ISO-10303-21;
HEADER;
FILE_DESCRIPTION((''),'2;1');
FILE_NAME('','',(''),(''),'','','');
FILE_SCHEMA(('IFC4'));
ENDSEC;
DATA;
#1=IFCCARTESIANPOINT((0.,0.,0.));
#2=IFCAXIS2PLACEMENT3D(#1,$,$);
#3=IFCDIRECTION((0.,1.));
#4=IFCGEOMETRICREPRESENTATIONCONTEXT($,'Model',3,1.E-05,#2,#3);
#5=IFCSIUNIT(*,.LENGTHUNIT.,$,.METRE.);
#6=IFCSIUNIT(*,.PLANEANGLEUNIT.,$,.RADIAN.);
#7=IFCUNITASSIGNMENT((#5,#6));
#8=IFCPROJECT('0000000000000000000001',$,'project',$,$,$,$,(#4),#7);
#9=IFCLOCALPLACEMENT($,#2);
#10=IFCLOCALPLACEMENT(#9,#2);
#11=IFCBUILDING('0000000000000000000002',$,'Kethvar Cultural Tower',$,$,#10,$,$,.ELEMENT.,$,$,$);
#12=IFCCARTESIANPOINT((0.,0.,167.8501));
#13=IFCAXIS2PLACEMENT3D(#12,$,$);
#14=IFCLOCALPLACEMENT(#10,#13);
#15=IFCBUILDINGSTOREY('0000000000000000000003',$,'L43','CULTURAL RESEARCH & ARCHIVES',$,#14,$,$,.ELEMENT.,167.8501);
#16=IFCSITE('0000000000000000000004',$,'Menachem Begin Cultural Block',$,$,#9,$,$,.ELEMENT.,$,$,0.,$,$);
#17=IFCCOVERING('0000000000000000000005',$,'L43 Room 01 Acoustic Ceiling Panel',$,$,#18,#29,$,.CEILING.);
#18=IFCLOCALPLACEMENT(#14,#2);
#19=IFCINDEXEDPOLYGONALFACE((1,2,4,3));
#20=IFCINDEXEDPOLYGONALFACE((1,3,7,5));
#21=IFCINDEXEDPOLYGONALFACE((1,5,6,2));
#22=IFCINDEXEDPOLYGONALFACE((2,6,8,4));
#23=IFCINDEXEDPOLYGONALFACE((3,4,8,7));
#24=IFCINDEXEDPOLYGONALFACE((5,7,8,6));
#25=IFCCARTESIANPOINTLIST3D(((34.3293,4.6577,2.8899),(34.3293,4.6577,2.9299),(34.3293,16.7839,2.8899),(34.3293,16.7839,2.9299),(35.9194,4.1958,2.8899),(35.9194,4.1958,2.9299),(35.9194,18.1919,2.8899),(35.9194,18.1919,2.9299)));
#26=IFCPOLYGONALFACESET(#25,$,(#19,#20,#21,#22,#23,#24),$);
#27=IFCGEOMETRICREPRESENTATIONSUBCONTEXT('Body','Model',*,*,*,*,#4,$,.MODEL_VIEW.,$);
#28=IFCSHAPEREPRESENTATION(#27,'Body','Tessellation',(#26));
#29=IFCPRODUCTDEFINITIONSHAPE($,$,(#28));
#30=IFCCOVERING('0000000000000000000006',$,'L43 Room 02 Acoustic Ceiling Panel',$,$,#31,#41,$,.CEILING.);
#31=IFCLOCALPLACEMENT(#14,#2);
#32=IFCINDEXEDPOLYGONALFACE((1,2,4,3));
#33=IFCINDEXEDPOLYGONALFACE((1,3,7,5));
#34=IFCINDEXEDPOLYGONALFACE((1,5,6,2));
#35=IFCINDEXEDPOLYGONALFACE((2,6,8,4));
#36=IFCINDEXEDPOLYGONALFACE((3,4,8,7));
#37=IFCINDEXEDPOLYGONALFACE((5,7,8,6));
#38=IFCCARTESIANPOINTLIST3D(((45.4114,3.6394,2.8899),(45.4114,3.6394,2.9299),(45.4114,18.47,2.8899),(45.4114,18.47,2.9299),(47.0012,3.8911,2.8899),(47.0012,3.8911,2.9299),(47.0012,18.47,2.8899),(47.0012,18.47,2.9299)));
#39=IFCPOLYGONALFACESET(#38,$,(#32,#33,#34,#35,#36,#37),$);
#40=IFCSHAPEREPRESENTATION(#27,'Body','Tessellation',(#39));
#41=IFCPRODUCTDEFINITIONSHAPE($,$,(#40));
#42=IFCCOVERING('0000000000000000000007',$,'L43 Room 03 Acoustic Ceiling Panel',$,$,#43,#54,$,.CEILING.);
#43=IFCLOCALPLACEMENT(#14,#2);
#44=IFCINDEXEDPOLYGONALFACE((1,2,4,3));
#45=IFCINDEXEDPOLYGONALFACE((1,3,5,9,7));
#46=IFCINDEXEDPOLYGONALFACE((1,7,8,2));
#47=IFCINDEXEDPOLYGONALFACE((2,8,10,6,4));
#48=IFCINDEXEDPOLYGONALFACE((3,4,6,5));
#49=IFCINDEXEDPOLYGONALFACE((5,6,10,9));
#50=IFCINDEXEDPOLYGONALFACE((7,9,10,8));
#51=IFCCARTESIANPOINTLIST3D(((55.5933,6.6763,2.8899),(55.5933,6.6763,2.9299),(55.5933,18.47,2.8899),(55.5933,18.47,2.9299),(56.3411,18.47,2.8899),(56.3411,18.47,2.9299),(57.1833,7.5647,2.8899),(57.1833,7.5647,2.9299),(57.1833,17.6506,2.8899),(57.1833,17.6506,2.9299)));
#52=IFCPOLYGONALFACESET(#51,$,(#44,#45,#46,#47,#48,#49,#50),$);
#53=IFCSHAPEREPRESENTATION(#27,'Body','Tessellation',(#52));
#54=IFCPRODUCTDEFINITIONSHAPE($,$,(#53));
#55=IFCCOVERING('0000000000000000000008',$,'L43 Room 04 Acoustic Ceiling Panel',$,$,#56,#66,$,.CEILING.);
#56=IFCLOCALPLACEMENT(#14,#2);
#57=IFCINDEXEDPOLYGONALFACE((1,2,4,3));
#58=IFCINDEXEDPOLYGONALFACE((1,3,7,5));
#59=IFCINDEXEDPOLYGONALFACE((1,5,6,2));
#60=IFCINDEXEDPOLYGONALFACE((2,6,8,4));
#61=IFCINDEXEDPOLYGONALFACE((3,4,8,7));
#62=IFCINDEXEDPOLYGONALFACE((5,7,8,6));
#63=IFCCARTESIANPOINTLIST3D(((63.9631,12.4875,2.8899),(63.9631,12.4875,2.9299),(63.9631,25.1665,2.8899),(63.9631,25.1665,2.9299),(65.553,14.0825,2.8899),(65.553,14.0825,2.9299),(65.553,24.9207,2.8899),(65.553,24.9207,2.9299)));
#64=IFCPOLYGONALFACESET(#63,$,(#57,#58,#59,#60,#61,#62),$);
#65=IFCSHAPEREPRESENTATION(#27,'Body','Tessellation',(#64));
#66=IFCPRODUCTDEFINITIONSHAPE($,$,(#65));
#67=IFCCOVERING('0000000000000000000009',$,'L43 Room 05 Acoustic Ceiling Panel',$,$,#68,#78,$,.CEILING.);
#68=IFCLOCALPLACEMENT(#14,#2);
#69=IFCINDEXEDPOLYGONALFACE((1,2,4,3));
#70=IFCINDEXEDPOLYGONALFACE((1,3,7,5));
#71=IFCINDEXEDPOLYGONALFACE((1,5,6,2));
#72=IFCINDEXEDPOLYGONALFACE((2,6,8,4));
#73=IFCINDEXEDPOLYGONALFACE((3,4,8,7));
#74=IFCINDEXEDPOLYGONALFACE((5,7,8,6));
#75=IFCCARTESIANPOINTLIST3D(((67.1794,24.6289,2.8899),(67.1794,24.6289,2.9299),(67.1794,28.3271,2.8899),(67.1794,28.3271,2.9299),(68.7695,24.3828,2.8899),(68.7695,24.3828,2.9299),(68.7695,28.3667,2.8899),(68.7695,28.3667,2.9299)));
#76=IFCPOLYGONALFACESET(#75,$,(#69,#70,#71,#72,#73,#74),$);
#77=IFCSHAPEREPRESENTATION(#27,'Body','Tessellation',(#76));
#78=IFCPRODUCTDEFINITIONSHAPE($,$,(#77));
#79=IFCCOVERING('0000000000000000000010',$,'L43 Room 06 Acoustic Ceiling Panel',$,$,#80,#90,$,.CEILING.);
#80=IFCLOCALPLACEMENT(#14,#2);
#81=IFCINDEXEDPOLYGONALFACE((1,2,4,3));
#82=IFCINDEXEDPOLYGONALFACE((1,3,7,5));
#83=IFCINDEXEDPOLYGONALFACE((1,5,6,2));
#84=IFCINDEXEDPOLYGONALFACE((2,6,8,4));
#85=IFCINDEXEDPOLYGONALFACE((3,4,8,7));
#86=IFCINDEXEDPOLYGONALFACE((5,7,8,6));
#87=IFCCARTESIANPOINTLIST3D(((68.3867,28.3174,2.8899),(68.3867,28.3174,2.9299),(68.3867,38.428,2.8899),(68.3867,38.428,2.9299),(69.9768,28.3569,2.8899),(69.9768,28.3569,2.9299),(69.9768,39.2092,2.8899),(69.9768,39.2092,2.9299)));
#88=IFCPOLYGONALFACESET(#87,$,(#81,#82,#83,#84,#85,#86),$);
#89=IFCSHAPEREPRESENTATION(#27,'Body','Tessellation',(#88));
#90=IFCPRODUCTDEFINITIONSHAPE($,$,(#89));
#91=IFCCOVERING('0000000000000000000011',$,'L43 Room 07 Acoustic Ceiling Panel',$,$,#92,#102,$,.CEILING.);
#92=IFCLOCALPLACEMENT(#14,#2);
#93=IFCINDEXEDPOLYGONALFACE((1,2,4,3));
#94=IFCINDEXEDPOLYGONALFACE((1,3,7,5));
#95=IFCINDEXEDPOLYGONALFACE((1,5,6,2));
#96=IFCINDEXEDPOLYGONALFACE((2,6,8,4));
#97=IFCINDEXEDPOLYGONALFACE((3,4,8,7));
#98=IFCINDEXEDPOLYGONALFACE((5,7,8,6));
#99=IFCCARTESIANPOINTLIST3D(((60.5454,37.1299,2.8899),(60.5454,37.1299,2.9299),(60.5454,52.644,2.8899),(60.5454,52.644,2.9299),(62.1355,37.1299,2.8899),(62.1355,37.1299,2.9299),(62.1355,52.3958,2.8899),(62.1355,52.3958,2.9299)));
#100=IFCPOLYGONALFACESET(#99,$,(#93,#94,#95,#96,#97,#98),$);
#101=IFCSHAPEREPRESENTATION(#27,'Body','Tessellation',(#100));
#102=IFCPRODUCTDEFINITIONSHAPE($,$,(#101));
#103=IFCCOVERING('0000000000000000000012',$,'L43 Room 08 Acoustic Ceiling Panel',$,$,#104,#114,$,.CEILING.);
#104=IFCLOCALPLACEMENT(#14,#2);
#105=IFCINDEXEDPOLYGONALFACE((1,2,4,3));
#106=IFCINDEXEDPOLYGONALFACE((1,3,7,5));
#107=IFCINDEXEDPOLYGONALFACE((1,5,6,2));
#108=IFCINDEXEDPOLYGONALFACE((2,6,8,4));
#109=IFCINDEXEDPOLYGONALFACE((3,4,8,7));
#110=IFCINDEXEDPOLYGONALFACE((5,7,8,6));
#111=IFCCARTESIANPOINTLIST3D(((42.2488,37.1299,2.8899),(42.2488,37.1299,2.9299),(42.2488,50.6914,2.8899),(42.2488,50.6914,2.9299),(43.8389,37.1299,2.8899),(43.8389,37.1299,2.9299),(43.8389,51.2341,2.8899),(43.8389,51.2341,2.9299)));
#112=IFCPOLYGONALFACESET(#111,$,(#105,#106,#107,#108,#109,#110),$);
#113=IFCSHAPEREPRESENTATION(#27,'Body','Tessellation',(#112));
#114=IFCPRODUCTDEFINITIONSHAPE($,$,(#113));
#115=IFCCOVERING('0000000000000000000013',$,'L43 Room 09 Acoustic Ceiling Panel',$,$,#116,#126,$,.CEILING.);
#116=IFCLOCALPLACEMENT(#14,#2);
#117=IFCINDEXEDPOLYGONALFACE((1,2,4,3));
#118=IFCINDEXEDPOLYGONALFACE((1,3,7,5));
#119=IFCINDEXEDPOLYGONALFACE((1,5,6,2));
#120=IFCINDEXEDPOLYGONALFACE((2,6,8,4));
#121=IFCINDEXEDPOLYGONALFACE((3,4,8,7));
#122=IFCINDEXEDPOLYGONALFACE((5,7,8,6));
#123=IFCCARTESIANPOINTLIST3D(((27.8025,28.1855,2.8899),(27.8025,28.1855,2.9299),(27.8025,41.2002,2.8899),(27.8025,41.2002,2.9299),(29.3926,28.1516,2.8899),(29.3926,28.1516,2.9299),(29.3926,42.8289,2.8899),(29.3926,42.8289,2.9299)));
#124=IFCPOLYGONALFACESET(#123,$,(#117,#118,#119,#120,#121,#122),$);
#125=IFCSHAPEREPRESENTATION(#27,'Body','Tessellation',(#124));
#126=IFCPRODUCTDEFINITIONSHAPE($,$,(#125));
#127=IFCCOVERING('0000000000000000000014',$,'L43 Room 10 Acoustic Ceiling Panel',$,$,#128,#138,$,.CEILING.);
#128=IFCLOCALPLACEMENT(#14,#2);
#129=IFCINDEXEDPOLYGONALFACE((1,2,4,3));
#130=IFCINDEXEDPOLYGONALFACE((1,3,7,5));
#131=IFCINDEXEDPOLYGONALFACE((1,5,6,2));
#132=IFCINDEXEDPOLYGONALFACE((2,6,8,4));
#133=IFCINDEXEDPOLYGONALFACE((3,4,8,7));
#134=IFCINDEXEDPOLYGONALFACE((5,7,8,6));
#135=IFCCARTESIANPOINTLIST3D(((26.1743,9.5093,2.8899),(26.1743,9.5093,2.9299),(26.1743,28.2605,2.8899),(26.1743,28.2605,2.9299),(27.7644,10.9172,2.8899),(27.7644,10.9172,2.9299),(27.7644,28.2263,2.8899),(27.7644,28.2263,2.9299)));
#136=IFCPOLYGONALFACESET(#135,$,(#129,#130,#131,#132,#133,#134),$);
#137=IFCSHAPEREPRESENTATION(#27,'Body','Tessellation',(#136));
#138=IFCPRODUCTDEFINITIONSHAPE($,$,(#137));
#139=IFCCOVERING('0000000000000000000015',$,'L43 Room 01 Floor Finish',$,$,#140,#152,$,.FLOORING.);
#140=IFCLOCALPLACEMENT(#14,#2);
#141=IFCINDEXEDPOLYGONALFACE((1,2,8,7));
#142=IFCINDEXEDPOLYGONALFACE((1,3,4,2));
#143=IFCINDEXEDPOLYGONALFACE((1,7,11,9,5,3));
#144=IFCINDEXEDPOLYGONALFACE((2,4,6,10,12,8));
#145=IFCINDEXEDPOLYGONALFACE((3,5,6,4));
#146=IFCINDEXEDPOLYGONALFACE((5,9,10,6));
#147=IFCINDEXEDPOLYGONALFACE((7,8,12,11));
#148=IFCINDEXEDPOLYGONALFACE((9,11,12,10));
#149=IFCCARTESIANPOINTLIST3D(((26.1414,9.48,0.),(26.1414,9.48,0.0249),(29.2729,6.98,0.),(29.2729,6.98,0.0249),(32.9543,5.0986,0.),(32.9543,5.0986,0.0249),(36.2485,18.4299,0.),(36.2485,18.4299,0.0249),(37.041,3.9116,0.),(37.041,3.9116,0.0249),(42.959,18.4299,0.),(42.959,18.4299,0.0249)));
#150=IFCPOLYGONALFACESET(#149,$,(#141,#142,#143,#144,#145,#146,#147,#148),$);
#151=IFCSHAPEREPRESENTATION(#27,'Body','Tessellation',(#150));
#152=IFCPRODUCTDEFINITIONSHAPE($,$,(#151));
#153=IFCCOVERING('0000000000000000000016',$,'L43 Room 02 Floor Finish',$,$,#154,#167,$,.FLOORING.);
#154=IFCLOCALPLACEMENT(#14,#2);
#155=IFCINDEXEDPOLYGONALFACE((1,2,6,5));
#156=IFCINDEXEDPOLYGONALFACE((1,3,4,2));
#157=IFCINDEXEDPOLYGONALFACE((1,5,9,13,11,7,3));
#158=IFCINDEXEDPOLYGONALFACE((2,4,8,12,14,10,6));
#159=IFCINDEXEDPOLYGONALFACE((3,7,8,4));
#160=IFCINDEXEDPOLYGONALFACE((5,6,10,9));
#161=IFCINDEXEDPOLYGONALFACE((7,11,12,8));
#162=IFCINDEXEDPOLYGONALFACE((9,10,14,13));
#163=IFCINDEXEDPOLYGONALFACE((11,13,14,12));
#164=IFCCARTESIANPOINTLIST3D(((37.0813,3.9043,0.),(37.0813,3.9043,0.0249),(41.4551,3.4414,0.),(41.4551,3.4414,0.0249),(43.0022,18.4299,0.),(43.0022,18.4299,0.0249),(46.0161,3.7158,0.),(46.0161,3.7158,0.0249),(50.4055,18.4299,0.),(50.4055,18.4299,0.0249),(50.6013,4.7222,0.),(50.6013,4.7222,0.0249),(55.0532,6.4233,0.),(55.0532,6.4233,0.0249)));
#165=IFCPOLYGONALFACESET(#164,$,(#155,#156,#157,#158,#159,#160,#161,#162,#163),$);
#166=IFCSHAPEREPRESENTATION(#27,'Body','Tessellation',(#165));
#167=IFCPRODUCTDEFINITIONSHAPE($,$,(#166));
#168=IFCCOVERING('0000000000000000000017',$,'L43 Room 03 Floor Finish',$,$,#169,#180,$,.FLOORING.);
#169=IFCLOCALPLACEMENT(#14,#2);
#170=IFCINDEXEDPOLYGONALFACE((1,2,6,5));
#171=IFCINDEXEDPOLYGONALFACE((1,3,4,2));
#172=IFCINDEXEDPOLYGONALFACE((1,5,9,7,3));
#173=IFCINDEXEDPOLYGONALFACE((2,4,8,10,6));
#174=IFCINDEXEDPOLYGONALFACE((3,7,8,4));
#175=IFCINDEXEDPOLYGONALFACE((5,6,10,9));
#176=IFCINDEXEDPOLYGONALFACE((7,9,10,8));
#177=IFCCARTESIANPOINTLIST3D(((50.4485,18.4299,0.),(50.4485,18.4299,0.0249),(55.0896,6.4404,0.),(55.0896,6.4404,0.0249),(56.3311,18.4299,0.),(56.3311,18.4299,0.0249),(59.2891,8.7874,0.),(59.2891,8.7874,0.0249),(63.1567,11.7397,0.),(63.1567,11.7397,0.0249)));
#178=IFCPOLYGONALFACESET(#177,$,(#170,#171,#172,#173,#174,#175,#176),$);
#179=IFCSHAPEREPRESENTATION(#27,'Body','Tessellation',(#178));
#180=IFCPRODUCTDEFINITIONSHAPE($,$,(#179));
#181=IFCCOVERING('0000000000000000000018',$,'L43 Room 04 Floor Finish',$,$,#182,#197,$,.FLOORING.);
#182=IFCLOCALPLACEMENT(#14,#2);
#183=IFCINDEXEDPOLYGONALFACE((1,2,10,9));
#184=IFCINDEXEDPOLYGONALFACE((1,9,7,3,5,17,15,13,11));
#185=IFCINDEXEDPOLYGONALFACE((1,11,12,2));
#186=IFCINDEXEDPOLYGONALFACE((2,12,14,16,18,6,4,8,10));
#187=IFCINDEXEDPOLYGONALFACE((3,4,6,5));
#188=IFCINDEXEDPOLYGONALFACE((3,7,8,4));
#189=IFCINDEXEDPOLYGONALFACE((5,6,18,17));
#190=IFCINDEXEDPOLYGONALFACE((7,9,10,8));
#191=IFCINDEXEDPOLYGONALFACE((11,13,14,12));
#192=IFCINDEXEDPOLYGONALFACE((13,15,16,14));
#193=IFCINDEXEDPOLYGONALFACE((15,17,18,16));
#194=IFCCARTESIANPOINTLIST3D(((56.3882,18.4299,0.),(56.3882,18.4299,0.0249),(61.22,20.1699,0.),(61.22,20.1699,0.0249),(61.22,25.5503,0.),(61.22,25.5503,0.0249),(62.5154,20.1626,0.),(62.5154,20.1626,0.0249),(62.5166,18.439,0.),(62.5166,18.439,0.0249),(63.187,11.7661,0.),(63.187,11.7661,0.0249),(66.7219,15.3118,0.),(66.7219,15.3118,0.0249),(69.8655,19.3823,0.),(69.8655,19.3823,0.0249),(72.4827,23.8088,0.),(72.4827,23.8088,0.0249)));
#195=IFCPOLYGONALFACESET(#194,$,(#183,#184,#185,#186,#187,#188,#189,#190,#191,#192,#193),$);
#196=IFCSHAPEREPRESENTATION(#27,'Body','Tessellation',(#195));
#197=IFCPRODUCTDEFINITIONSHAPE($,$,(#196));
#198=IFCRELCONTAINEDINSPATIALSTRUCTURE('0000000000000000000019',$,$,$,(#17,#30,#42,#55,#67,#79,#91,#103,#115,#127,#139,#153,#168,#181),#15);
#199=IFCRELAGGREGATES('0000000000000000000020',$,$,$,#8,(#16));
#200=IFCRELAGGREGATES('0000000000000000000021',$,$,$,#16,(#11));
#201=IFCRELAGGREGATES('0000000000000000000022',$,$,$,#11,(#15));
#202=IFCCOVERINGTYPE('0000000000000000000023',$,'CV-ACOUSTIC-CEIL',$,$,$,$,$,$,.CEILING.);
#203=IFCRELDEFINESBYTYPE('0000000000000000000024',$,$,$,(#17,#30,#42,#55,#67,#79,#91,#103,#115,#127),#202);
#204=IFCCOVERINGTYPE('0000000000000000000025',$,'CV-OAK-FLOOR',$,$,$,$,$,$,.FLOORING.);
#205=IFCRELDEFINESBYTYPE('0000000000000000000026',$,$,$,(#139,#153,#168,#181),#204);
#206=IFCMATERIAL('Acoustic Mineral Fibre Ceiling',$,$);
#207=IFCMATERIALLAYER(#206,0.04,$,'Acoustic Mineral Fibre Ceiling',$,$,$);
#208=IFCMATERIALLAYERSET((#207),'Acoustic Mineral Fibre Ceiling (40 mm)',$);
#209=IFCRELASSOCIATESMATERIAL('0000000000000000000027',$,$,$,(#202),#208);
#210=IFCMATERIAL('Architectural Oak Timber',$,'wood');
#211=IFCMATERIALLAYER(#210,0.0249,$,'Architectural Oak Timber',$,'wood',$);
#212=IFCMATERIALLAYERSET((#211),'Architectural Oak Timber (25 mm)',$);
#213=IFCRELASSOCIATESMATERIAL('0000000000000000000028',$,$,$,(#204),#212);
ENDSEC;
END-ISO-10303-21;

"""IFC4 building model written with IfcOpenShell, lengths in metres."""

from ifc_helpers import new_model, si_unit, direction, frame, origin, place, context, subcontext, project, spatial, polyline, outline, extrude, material, layer, layer_set, type_object, element, save


model = new_model("IFC4")

# Units and contexts
model_context = context("Model", 3, precision=1e-05, world=origin(), true_north=direction((0.0, 1.0)))
body_context = subcontext(model_context, "Body", "Model", "MODEL_VIEW")
ifc_project = project(units=[si_unit("LENGTHUNIT", "METRE"), si_unit("PLANEANGLEUNIT", "RADIAN")], contexts=[model_context])

# Site, building, storey
site_placement = place(None, origin())
site = spatial("IfcSite", under=ifc_project, at=site_placement, Name="Menachem Begin Cultural Block", CompositionType="ELEMENT", RefElevation=0.0)
building_placement = place(site_placement, origin())
building = spatial("IfcBuilding", under=site, at=building_placement, Name="Kethvar Cultural Tower", CompositionType="ELEMENT")
storey_placement = place(building_placement, frame((0.0, 0.0, 167.8501)))
storey = spatial("IfcBuildingStorey", under=building, at=storey_placement, Name="L43", Description="CULTURAL RESEARCH & ARCHIVES", CompositionType="ELEMENT", Elevation=167.8501)

# Coverings
ifc_material_1 = material(Name="Acoustic Mineral Fibre Ceiling")
ifc_layer_1 = layer(ifc_material_1, 0.04, Name="Acoustic Mineral Fibre Ceiling")
ifc_layer_set_1 = layer_set([ifc_layer_1], Name="Acoustic Mineral Fibre Ceiling (40 mm)")
covering_type_1 = type_object("IfcCoveringType", Name="CV-ACOUSTIC-CEIL", PredefinedType="CEILING", material=ifc_layer_set_1)
covering_1_placement = place(storey_placement, frame((0.0, 0.0, 2.8899)))
element("IfcCovering", 1, at=covering_1_placement, inside=storey, type_object=covering_type_1, Name="L43 Room 01 Acoustic Ceiling Panel", PredefinedType="CEILING", context=body_context, shape_type="SweptSolid", body=[
    extrude(outline(polyline([(35.9194, 18.1919), (35.9194, 4.1958), (34.3293, 4.6577), (34.3293, 16.7839), (35.9194, 18.1919)])), origin(), (0.0, 0.0, 1.0), 0.04),
])
covering_2_placement = place(storey_placement, frame((0.0, 0.0, 2.8899)))
element("IfcCovering", 2, at=covering_2_placement, inside=storey, type_object=covering_type_1, Name="L43 Room 02 Acoustic Ceiling Panel", PredefinedType="CEILING", context=body_context, shape_type="SweptSolid", body=[
    extrude(outline(polyline([(47.0012, 3.8911), (45.4114, 3.6394), (45.4114, 18.47), (47.0012, 18.47), (47.0012, 3.8911)])), origin(), (0.0, 0.0, 1.0), 0.04),
])
covering_3_placement = place(storey_placement, frame((0.0, 0.0, 2.8899)))
element("IfcCovering", 3, at=covering_3_placement, inside=storey, type_object=covering_type_1, Name="L43 Room 03 Acoustic Ceiling Panel", PredefinedType="CEILING", context=body_context, shape_type="SweptSolid", body=[
    extrude(outline(polyline([(55.5933, 6.6763), (55.5933, 18.47), (56.3411, 18.47), (57.1833, 17.6506), (57.1833, 7.5647), (55.5933, 6.6763)])), origin(), (0.0, 0.0, 1.0), 0.04),
])
covering_4_placement = place(storey_placement, frame((0.0, 0.0, 2.8899)))
element("IfcCovering", 4, at=covering_4_placement, inside=storey, type_object=covering_type_1, Name="L43 Room 04 Acoustic Ceiling Panel", PredefinedType="CEILING", context=body_context, shape_type="SweptSolid", body=[
    extrude(outline(polyline([(63.9631, 12.4875), (63.9631, 25.1665), (65.553, 24.9207), (65.553, 14.0825), (63.9631, 12.4875)])), origin(), (0.0, 0.0, 1.0), 0.04),
])
covering_5_placement = place(storey_placement, frame((0.0, 0.0, 2.8899)))
element("IfcCovering", 5, at=covering_5_placement, inside=storey, type_object=covering_type_1, Name="L43 Room 05 Acoustic Ceiling Panel", PredefinedType="CEILING", context=body_context, shape_type="SweptSolid", body=[
    extrude(outline(polyline([(67.1794, 24.6289), (67.1794, 28.3271), (68.7695, 28.3667), (68.7695, 24.3828), (67.1794, 24.6289)])), origin(), (0.0, 0.0, 1.0), 0.04),
])
covering_6_placement = place(storey_placement, frame((0.0, 0.0, 2.8899)))
element("IfcCovering", 6, at=covering_6_placement, inside=storey, type_object=covering_type_1, Name="L43 Room 06 Acoustic Ceiling Panel", PredefinedType="CEILING", context=body_context, shape_type="SweptSolid", body=[
    extrude(outline(polyline([(68.3867, 28.3174), (68.3867, 38.428), (69.9768, 39.2092), (69.9768, 28.3569), (68.3867, 28.3174)])), origin(), (0.0, 0.0, 1.0), 0.04),
])
covering_7_placement = place(storey_placement, frame((0.0, 0.0, 2.8899)))
element("IfcCovering", 7, at=covering_7_placement, inside=storey, type_object=covering_type_1, Name="L43 Room 07 Acoustic Ceiling Panel", PredefinedType="CEILING", context=body_context, shape_type="SweptSolid", body=[
    extrude(outline(polyline([(62.1355, 52.3958), (62.1355, 37.1299), (60.5454, 37.1299), (60.5454, 52.644), (62.1355, 52.3958)])), origin(), (0.0, 0.0, 1.0), 0.04),
])
covering_8_placement = place(storey_placement, frame((0.0, 0.0, 2.8899)))
element("IfcCovering", 8, at=covering_8_placement, inside=storey, type_object=covering_type_1, Name="L43 Room 08 Acoustic Ceiling Panel", PredefinedType="CEILING", context=body_context, shape_type="SweptSolid", body=[
    extrude(outline(polyline([(42.2488, 50.6914), (43.8389, 51.2341), (43.8389, 37.1299), (42.2488, 37.1299), (42.2488, 50.6914)])), origin(), (0.0, 0.0, 1.0), 0.04),
])
covering_9_placement = place(storey_placement, frame((0.0, 0.0, 2.8899)))
element("IfcCovering", 9, at=covering_9_placement, inside=storey, type_object=covering_type_1, Name="L43 Room 09 Acoustic Ceiling Panel", PredefinedType="CEILING", context=body_context, shape_type="SweptSolid", body=[
    extrude(outline(polyline([(29.3926, 42.8289), (29.3926, 28.1516), (27.8025, 28.1855), (27.8025, 41.2002), (29.3926, 42.8289)])), origin(), (0.0, 0.0, 1.0), 0.04),
])
covering_10_placement = place(storey_placement, frame((0.0, 0.0, 2.8899)))
element("IfcCovering", 10, at=covering_10_placement, inside=storey, type_object=covering_type_1, Name="L43 Room 10 Acoustic Ceiling Panel", PredefinedType="CEILING", context=body_context, shape_type="SweptSolid", body=[
    extrude(outline(polyline([(27.7644, 28.2263), (27.7644, 10.9172), (26.1743, 9.5093), (26.1743, 28.2605), (27.7644, 28.2263)])), origin(), (0.0, 0.0, 1.0), 0.04),
])
ifc_material_2 = material(Name="Architectural Oak Timber", Category="wood")
ifc_layer_2 = layer(ifc_material_2, 0.0249, Name="Architectural Oak Timber", Category="wood")
ifc_layer_set_2 = layer_set([ifc_layer_2], Name="Architectural Oak Timber (25 mm)")
covering_type_2 = type_object("IfcCoveringType", Name="CV-OAK-FLOOR", PredefinedType="FLOORING", material=ifc_layer_set_2)
covering_11_placement = place(storey_placement, origin())
element("IfcCovering", 11, at=covering_11_placement, inside=storey, type_object=covering_type_2, Name="L43 Room 01 Floor Finish", PredefinedType="FLOORING", context=body_context, shape_type="SweptSolid", body=[
    extrude(outline(polyline([(32.9543, 5.0986), (29.2729, 6.98), (26.1414, 9.48), (36.2485, 18.4299), (42.959, 18.4299), (37.041, 3.9116), (32.9543, 5.0986)])), origin(), (0.0, 0.0, 1.0), 0.0249),
])
covering_12_placement = place(storey_placement, origin())
element("IfcCovering", 12, at=covering_12_placement, inside=storey, type_object=covering_type_2, Name="L43 Room 02 Floor Finish", PredefinedType="FLOORING", context=body_context, shape_type="SweptSolid", body=[
    extrude(outline(polyline([(50.6013, 4.7222), (46.0161, 3.7158), (41.4551, 3.4414), (37.0813, 3.9043), (43.0022, 18.4299), (50.4055, 18.4299), (55.0532, 6.4233), (50.6013, 4.7222)])), origin(), (0.0, 0.0, 1.0), 0.0249),
])
covering_13_placement = place(storey_placement, origin())
element("IfcCovering", 13, at=covering_13_placement, inside=storey, type_object=covering_type_2, Name="L43 Room 03 Floor Finish", PredefinedType="FLOORING", context=body_context, shape_type="SweptSolid", body=[
    extrude(outline(polyline([(59.2891, 8.7874), (55.0896, 6.4404), (50.4485, 18.4299), (56.3311, 18.4299), (63.1567, 11.7397), (59.2891, 8.7874)])), origin(), (0.0, 0.0, 1.0), 0.0249),
])
covering_14_placement = place(storey_placement, origin())
element("IfcCovering", 14, at=covering_14_placement, inside=storey, type_object=covering_type_2, Name="L43 Room 04 Floor Finish", PredefinedType="FLOORING", context=body_context, shape_type="SweptSolid", body=[
    extrude(outline(polyline([(69.8655, 19.3823), (66.7219, 15.3118), (63.187, 11.7661), (56.3882, 18.4299), (62.5166, 18.439), (62.5154, 20.1626), (61.22, 20.1699), (61.22, 25.5503), (72.4827, 23.8088), (69.8655, 19.3823)])), origin(), (0.0, 0.0, 1.0), 0.0249),
])

save(model, "model.ifc")
